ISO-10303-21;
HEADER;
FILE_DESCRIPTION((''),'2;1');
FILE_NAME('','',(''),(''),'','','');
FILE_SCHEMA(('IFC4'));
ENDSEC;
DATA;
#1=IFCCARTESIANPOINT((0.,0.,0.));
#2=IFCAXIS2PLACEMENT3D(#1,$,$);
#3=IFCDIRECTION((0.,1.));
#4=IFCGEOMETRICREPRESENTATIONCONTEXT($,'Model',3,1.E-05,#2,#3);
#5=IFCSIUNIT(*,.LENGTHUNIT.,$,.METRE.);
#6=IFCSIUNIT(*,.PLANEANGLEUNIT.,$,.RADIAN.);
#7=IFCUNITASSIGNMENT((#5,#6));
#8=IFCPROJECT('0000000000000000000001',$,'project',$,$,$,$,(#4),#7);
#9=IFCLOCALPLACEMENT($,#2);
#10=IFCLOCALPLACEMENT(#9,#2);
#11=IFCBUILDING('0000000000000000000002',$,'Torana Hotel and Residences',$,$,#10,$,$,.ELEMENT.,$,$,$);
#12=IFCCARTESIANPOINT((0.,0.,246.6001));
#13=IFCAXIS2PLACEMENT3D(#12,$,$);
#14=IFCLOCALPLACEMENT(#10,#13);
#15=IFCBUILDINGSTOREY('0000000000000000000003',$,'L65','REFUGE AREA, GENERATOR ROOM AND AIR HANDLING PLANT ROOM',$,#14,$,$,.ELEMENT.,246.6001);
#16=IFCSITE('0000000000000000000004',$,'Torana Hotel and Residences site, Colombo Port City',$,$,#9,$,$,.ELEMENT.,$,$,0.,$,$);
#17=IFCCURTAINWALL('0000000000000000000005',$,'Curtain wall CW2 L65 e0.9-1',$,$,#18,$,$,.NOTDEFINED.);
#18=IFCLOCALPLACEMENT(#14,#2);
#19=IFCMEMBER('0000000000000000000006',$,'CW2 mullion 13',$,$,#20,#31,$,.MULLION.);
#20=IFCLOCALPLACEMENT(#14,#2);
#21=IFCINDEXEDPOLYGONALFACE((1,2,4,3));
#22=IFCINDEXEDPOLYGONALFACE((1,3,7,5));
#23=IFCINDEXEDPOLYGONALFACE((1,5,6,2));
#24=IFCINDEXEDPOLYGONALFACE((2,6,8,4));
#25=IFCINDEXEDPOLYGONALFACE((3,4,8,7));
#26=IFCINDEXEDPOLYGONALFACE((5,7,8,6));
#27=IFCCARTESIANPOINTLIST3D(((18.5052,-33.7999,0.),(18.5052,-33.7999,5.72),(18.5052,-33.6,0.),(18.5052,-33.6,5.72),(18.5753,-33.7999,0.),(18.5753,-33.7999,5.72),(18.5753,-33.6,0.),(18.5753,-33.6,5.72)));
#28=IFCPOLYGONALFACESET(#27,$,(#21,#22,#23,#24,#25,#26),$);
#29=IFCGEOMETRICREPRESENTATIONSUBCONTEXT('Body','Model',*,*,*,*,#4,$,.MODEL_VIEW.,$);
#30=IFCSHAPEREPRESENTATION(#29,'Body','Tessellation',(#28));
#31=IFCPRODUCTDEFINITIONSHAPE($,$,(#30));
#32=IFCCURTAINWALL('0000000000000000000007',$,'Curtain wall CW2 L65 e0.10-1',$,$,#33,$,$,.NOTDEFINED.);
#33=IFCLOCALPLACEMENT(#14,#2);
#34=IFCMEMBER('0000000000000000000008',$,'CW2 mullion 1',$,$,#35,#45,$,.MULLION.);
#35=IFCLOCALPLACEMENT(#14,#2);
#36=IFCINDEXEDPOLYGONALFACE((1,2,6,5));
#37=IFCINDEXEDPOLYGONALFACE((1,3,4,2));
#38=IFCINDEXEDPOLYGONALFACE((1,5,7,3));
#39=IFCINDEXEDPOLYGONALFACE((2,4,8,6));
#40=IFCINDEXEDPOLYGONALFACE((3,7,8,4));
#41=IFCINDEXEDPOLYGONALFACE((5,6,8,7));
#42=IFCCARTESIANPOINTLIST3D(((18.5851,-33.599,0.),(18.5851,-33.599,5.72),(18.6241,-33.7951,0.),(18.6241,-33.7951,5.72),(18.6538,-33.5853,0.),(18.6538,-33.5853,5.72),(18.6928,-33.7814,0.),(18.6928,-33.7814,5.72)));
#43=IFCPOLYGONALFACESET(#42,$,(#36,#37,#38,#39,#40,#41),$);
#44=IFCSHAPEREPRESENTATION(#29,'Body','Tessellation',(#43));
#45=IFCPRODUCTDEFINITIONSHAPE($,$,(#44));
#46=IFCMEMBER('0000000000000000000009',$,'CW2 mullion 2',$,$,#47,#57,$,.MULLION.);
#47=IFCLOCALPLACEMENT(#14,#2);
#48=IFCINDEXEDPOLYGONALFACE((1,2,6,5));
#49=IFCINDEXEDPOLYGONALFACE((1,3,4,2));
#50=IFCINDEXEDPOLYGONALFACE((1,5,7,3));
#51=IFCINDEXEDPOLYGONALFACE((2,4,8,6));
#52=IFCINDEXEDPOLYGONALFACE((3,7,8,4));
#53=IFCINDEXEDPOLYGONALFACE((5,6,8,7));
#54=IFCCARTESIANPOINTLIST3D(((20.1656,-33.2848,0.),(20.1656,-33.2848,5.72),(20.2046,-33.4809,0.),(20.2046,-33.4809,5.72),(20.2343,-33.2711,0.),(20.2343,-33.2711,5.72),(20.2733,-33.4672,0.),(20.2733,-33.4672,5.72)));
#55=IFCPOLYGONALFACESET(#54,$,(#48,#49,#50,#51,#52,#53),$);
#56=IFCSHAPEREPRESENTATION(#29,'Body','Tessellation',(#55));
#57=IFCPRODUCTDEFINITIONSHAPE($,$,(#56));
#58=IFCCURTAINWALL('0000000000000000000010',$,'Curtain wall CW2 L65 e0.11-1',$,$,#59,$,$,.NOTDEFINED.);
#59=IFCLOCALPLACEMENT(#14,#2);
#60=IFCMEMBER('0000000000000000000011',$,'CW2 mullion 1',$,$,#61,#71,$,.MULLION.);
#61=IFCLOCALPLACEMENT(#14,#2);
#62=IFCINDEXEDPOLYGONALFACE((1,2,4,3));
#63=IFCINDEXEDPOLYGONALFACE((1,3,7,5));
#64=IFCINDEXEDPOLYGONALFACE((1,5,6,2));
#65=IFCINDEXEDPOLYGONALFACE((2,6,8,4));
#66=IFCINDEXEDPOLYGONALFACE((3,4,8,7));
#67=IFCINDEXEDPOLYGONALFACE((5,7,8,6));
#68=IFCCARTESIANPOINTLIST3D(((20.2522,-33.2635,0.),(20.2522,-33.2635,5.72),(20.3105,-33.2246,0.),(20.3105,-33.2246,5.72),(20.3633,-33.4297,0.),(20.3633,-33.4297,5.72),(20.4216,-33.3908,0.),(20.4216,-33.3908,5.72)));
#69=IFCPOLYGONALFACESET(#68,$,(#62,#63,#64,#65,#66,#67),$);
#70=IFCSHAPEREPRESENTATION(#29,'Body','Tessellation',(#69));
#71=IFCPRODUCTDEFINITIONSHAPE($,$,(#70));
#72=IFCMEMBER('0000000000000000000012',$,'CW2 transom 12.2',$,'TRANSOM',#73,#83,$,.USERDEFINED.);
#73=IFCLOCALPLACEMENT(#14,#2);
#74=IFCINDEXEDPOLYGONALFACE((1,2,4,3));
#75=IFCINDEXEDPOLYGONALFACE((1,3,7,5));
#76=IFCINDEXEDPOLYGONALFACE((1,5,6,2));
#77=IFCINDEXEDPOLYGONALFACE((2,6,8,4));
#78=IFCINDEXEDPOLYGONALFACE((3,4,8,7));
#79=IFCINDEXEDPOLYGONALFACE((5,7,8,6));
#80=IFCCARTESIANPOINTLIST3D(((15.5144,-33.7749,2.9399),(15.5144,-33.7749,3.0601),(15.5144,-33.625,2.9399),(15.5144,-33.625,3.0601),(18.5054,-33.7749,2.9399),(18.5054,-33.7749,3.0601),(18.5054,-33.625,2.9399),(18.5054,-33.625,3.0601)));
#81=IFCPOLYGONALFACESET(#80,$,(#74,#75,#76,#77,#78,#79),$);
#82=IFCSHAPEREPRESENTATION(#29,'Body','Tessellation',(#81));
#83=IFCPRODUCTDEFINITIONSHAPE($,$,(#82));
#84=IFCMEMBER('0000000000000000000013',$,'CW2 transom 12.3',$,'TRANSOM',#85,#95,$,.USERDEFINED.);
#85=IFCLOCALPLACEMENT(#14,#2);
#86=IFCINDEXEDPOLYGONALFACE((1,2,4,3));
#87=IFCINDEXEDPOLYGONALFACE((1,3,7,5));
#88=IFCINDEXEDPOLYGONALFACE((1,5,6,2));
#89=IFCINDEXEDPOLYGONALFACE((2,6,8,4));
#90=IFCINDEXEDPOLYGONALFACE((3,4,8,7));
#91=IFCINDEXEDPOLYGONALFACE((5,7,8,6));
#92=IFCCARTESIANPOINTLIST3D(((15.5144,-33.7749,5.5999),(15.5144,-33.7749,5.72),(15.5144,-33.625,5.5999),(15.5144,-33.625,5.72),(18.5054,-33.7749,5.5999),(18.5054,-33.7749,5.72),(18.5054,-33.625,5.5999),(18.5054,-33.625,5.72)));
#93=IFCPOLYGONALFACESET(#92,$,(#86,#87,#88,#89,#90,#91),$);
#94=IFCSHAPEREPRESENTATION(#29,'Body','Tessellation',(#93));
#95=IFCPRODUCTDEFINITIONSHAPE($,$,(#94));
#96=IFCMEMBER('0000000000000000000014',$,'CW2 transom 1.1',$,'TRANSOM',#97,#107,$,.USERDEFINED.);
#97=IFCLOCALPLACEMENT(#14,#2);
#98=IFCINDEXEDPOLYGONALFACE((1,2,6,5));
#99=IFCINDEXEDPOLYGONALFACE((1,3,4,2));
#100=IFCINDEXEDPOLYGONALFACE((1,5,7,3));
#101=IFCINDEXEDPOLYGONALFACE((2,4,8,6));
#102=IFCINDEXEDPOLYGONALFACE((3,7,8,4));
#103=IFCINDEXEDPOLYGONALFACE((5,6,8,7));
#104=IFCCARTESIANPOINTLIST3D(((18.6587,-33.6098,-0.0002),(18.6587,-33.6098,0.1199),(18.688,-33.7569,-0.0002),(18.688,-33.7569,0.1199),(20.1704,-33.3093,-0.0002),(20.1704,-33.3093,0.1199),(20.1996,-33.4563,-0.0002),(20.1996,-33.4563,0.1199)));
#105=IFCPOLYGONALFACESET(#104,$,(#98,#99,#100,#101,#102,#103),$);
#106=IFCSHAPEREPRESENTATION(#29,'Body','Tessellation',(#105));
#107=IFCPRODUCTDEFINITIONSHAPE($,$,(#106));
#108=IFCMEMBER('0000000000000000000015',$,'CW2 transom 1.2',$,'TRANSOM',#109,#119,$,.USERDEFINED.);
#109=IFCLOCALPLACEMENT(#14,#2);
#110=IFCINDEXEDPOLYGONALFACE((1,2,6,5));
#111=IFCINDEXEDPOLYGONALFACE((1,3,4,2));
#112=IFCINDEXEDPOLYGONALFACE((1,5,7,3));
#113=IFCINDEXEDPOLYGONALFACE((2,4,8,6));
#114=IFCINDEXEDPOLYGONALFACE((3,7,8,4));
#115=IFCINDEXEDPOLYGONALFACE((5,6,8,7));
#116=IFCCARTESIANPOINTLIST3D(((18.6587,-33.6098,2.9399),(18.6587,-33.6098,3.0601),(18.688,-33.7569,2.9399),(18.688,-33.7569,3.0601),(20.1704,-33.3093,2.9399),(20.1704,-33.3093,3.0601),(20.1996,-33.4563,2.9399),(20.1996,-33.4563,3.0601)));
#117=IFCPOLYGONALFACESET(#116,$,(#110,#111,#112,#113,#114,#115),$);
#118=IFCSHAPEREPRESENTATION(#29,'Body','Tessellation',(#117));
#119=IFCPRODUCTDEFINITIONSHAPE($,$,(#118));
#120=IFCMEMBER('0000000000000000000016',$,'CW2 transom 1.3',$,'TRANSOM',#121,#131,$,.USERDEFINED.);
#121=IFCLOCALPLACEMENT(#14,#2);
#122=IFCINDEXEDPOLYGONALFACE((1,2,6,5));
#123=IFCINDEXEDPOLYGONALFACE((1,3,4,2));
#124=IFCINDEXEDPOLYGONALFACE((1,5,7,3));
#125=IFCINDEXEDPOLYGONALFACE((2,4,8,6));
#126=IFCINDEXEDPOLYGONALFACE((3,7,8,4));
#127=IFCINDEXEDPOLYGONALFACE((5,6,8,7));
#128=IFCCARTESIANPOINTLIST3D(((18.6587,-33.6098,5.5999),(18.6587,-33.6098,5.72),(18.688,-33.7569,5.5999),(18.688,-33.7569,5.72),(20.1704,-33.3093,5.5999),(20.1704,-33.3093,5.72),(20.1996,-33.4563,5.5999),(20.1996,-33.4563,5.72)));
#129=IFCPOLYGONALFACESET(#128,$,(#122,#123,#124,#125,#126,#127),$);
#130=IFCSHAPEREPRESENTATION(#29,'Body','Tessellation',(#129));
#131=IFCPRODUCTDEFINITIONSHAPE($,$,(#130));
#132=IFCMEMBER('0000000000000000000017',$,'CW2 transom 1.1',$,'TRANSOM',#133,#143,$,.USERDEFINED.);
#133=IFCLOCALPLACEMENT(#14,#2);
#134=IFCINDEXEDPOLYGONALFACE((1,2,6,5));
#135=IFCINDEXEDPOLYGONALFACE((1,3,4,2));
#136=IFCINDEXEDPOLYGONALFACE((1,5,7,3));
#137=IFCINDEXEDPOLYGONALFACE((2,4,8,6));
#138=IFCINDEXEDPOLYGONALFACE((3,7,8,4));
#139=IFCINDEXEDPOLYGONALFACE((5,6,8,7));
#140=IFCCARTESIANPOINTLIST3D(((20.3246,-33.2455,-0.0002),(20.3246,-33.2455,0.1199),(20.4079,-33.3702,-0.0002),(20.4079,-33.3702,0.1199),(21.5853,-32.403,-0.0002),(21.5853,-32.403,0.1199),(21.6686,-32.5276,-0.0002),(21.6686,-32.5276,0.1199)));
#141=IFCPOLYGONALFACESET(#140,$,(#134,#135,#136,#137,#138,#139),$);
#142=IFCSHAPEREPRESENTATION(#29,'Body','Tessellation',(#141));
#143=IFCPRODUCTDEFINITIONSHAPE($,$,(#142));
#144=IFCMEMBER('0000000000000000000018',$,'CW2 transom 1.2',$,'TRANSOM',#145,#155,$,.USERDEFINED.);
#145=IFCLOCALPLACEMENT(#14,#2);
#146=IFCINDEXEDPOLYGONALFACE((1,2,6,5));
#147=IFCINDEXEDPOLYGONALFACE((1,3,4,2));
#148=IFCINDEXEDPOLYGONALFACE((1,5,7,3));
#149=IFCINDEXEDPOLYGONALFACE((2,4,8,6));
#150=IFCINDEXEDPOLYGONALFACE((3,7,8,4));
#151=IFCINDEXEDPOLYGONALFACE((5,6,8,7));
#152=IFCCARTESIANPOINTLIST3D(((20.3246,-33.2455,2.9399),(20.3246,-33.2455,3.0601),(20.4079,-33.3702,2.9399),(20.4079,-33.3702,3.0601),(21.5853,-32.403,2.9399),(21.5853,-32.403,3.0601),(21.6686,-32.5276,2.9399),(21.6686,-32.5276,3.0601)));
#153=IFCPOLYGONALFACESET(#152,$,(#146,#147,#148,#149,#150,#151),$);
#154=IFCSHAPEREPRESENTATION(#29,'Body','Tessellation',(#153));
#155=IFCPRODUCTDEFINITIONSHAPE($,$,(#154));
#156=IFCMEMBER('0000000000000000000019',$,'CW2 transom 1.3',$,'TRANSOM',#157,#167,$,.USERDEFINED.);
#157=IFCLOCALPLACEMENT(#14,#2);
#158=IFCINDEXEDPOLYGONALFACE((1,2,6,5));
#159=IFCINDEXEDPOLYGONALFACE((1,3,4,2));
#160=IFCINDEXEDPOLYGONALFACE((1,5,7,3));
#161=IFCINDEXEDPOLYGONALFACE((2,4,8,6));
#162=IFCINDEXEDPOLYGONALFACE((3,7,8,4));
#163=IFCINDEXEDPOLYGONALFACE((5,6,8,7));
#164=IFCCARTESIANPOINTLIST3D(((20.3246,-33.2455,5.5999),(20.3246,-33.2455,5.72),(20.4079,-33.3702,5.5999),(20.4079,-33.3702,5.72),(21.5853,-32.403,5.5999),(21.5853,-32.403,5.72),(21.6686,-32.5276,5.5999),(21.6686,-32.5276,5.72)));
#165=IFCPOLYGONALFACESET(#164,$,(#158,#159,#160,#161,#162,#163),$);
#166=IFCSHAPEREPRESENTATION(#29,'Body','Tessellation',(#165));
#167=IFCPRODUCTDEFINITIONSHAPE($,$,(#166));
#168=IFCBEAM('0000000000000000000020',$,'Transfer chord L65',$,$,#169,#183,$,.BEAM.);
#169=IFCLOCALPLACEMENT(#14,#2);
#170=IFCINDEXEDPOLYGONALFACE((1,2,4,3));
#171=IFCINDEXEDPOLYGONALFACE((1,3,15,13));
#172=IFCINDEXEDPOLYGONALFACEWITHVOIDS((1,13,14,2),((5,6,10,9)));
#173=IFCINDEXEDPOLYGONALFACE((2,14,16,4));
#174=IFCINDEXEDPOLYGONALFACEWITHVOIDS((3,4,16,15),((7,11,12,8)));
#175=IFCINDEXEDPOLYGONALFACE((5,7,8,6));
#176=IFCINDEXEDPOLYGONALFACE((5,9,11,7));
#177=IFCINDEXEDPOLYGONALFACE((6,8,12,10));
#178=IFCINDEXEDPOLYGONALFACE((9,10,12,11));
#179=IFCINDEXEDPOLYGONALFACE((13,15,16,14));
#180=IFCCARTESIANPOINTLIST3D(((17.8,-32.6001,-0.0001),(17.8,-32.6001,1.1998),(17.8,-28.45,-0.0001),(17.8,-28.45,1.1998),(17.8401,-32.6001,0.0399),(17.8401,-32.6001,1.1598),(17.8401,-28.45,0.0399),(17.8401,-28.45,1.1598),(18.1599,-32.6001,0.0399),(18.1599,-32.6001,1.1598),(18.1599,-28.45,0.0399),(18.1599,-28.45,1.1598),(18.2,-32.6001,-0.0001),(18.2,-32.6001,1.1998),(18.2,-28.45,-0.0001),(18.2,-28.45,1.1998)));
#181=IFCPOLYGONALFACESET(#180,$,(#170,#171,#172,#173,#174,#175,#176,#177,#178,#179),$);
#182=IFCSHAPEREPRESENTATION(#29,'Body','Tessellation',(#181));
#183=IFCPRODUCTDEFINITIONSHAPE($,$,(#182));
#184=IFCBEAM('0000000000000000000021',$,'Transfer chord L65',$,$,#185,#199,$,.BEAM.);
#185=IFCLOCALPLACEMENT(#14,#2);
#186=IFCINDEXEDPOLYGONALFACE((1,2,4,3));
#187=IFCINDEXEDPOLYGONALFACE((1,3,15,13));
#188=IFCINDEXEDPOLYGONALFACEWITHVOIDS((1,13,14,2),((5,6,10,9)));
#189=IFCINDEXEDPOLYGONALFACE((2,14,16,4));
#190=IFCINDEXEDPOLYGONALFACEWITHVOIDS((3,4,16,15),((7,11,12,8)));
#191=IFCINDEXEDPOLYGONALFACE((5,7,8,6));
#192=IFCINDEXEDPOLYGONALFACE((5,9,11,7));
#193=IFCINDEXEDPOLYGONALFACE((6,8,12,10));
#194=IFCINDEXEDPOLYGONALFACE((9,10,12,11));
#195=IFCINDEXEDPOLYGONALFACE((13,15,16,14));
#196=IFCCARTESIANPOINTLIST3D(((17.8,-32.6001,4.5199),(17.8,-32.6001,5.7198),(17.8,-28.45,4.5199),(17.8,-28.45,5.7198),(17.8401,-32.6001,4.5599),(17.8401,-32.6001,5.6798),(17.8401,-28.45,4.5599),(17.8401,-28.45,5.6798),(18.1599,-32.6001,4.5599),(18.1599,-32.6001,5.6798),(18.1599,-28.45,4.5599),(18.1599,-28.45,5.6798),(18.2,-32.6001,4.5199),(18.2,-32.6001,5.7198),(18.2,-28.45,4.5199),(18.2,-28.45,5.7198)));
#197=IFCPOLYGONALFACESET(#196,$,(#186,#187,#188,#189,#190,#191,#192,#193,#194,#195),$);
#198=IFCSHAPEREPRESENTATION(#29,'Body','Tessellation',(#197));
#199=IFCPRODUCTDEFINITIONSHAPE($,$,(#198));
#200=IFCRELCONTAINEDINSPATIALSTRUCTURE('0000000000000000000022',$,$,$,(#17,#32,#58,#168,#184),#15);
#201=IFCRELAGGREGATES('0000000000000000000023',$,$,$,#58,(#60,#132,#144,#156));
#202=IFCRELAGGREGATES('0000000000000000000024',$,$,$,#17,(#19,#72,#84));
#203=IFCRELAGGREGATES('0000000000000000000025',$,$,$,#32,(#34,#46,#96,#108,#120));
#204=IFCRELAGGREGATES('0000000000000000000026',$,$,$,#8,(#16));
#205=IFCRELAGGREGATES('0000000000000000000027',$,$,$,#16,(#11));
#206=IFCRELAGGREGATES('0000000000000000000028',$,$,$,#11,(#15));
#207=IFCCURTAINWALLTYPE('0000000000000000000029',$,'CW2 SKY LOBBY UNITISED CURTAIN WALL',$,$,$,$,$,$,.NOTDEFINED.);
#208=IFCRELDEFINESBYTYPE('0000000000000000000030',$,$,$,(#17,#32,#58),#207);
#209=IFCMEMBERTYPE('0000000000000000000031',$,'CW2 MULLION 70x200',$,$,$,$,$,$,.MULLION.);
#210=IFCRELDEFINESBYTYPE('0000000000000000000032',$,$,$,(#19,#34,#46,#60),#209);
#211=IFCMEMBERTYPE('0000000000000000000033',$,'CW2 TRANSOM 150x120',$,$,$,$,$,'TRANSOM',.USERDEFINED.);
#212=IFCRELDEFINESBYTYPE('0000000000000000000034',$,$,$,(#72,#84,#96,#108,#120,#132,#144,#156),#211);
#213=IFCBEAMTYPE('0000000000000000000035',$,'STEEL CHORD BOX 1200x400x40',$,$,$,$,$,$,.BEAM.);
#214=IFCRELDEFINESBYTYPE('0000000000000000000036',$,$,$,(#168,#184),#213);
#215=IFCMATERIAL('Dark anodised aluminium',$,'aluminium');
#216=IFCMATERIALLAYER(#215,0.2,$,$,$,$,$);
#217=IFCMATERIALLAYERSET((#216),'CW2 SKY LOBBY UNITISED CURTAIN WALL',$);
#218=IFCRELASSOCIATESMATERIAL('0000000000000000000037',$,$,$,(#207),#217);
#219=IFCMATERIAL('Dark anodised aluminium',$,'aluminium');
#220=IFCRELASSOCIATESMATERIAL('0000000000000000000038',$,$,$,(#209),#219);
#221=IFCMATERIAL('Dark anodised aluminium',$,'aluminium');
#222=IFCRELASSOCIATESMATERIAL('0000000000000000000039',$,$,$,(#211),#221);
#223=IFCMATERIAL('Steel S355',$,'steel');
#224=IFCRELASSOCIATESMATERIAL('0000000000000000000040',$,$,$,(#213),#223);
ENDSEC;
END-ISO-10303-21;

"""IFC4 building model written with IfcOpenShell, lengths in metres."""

from ifc_helpers import new_model, si_unit, direction, frame, origin, origin_2d, place, context, subcontext, project, spatial, rectangle, hollow_rectangle, extrude, material, layer, layer_set, material_profile, profile_set, type_object, element, aggregate, save


model = new_model("IFC4")

# Units and contexts
model_context = context("Model", 3, precision=1e-05, world=origin(), true_north=direction((0.0, 1.0)))
body_context = subcontext(model_context, "Body", "Model", "MODEL_VIEW")
ifc_project = project(units=[si_unit("LENGTHUNIT", "METRE"), si_unit("PLANEANGLEUNIT", "RADIAN")], contexts=[model_context])

# Site, building, storey
site_placement = place(None, origin())
site = spatial("IfcSite", under=ifc_project, at=site_placement, Name="Torana Hotel and Residences site, Colombo Port City", CompositionType="ELEMENT", RefElevation=0.0)
building_placement = place(site_placement, origin())
building = spatial("IfcBuilding", under=site, at=building_placement, Name="Torana Hotel and Residences", CompositionType="ELEMENT")
storey_placement = place(building_placement, frame((0.0, 0.0, 246.6001)))
storey = spatial("IfcBuildingStorey", under=building, at=storey_placement, Name="L65", Description="REFUGE AREA, GENERATOR ROOM AND AIR HANDLING PLANT ROOM", CompositionType="ELEMENT", Elevation=246.6001)

# Curtain wall, member
ifc_material_1 = material(Name="Dark anodised aluminium", Category="aluminium")
ifc_layer_1 = layer(ifc_material_1, 0.2)
ifc_layer_set_1 = layer_set([ifc_layer_1], Name="CW2 SKY LOBBY UNITISED CURTAIN WALL")
curtain_wall_type = type_object("IfcCurtainWallType", Name="CW2 SKY LOBBY UNITISED CURTAIN WALL", PredefinedType="NOTDEFINED", material=ifc_layer_set_1)
curtain_wall_1_placement = place(storey_placement, origin())
curtain_wall_1 = element("IfcCurtainWall", 1, at=curtain_wall_1_placement, inside=storey, type_object=curtain_wall_type, Name="Curtain wall CW2 L65 e0.9-1", PredefinedType="NOTDEFINED")
ifc_material_2 = material(Name="Dark anodised aluminium", Category="aluminium")
ifc_material_profile_1 = material_profile(ifc_material_2, rectangle(XDim=0.2, YDim=0.0701, at=origin_2d()), Name="CW2 MULLION 70x200")
ifc_profile_set_1 = profile_set([ifc_material_profile_1], Name="Dark anodised aluminium")
member_type_1 = type_object("IfcMemberType", Name="CW2 MULLION 70x200", PredefinedType="MULLION", material=ifc_profile_set_1)
member_1_placement = place(storey_placement, frame((18.5403, -33.7, 0.0), z_axis=(0.0, 0.0, 1.0), x_axis=(0.0, 1.0, 0.0)))
member_1 = element("IfcMember", 2, at=member_1_placement, type_object=member_type_1, Name="CW2 mullion 13", PredefinedType="MULLION", context=body_context, shape_type="SweptSolid", body=[
    extrude(rectangle(XDim=0.2, YDim=0.0701, at=origin_2d()), origin(), (0.0, 0.0, 1.0), 5.72),
])

# Curtain wall, members
curtain_wall_2_placement = place(storey_placement, origin())
curtain_wall_2 = element("IfcCurtainWall", 3, at=curtain_wall_2_placement, inside=storey, type_object=curtain_wall_type, Name="Curtain wall CW2 L65 e0.10-1", PredefinedType="NOTDEFINED")
member_2_placement = place(storey_placement, frame((18.6389, -33.6902, 0.0), z_axis=(0.0, 0.0, 1.0), x_axis=(-0.195064, 0.980791, 0.0)))
member_2 = element("IfcMember", 4, at=member_2_placement, type_object=member_type_1, Name="CW2 mullion 1", PredefinedType="MULLION", context=body_context, shape_type="SweptSolid", body=[
    extrude(rectangle(XDim=0.2, YDim=0.0701, at=origin_2d()), origin(), (0.0, 0.0, 1.0), 5.72),
])
member_3_placement = place(storey_placement, frame((20.2195, -33.376, 0.0), z_axis=(0.0, 0.0, 1.0), x_axis=(-0.195064, 0.980791, 0.0)))
member_3 = element("IfcMember", 5, at=member_3_placement, type_object=member_type_1, Name="CW2 mullion 2", PredefinedType="MULLION", context=body_context, shape_type="SweptSolid", body=[
    extrude(rectangle(XDim=0.2, YDim=0.0701, at=origin_2d()), origin(), (0.0, 0.0, 1.0), 5.72),
])

# Curtain wall, member
curtain_wall_3_placement = place(storey_placement, origin())
curtain_wall_3 = element("IfcCurtainWall", 6, at=curtain_wall_3_placement, inside=storey, type_object=curtain_wall_type, Name="Curtain wall CW2 L65 e0.11-1", PredefinedType="NOTDEFINED")
member_4_placement = place(storey_placement, frame((20.3369, -33.3271, 0.0), z_axis=(0.0, 0.0, 1.0), x_axis=(-0.555564, 0.831474, 0.0)))
member_4 = element("IfcMember", 7, at=member_4_placement, type_object=member_type_1, Name="CW2 mullion 1", PredefinedType="MULLION", context=body_context, shape_type="SweptSolid", body=[
    extrude(rectangle(XDim=0.2, YDim=0.0701, at=origin_2d()), origin(), (0.0, 0.0, 1.0), 5.72),
])

# Members
ifc_material_3 = material(Name="Dark anodised aluminium", Category="aluminium")
ifc_material_profile_2 = material_profile(ifc_material_3, rectangle(XDim=0.1499, YDim=0.1201, at=origin_2d()), Name="CW2 TRANSOM 150x120")
ifc_profile_set_2 = profile_set([ifc_material_profile_2], Name="Dark anodised aluminium")
member_type_2 = type_object("IfcMemberType", Name="CW2 TRANSOM 150x120", ElementType="TRANSOM", PredefinedType="USERDEFINED", material=ifc_profile_set_2)
member_5_placement = place(storey_placement, frame((15.5144, -33.7, 3.0), z_axis=(1.0, 0.0, 0.0), x_axis=(0.0, 1.0, 0.0)))
member_5 = element("IfcMember", 8, at=member_5_placement, type_object=member_type_2, Name="CW2 transom 12.2", ObjectType="TRANSOM", PredefinedType="USERDEFINED", context=body_context, shape_type="SweptSolid", body=[
    extrude(rectangle(XDim=0.1499, YDim=0.1201, at=origin_2d()), origin(), (0.0, 0.0, 1.0), 2.991),
])
member_6_placement = place(storey_placement, frame((15.5144, -33.7, 5.6599), z_axis=(1.0, 0.0, 0.0), x_axis=(0.0, 1.0, 0.0)))
member_6 = element("IfcMember", 9, at=member_6_placement, type_object=member_type_2, Name="CW2 transom 12.3", ObjectType="TRANSOM", PredefinedType="USERDEFINED", context=body_context, shape_type="SweptSolid", body=[
    extrude(rectangle(XDim=0.1499, YDim=0.1201, at=origin_2d()), origin(), (0.0, 0.0, 1.0), 2.991),
])
member_7_placement = place(storey_placement, frame((18.6733, -33.6833, 0.0598), z_axis=(0.980805, 0.194989, 0.0), x_axis=(-0.194989, 0.980805, 0.0)))
member_7 = element("IfcMember", 10, at=member_7_placement, type_object=member_type_2, Name="CW2 transom 1.1", ObjectType="TRANSOM", PredefinedType="USERDEFINED", context=body_context, shape_type="SweptSolid", body=[
    extrude(rectangle(XDim=0.1499, YDim=0.1201, at=origin_2d()), origin(), (0.0, 0.0, 1.0), 1.5413),
])
member_8_placement = place(storey_placement, frame((18.6733, -33.6833, 3.0), z_axis=(0.980805, 0.194989, 0.0), x_axis=(-0.194989, 0.980805, 0.0)))
member_8 = element("IfcMember", 11, at=member_8_placement, type_object=member_type_2, Name="CW2 transom 1.2", ObjectType="TRANSOM", PredefinedType="USERDEFINED", context=body_context, shape_type="SweptSolid", body=[
    extrude(rectangle(XDim=0.1499, YDim=0.1201, at=origin_2d()), origin(), (0.0, 0.0, 1.0), 1.5413),
])
member_9_placement = place(storey_placement, frame((18.6733, -33.6833, 5.6599), z_axis=(0.980805, 0.194989, 0.0), x_axis=(-0.194989, 0.980805, 0.0)))
member_9 = element("IfcMember", 12, at=member_9_placement, type_object=member_type_2, Name="CW2 transom 1.3", ObjectType="TRANSOM", PredefinedType="USERDEFINED", context=body_context, shape_type="SweptSolid", body=[
    extrude(rectangle(XDim=0.1499, YDim=0.1201, at=origin_2d()), origin(), (0.0, 0.0, 1.0), 1.5413),
])
member_10_placement = place(storey_placement, frame((20.3662, -33.3079, 0.0598), z_axis=(0.831431, 0.555629, 0.0), x_axis=(-0.555629, 0.831431, 0.0)))
member_10 = element("IfcMember", 13, at=member_10_placement, type_object=member_type_2, Name="CW2 transom 1.1", ObjectType="TRANSOM", PredefinedType="USERDEFINED", context=body_context, shape_type="SweptSolid", body=[
    extrude(rectangle(XDim=0.1499, YDim=0.1201, at=origin_2d()), origin(), (0.0, 0.0, 1.0), 1.5164),
])
member_11_placement = place(storey_placement, frame((20.3662, -33.3079, 3.0), z_axis=(0.831431, 0.555629, 0.0), x_axis=(-0.555629, 0.831431, 0.0)))
member_11 = element("IfcMember", 14, at=member_11_placement, type_object=member_type_2, Name="CW2 transom 1.2", ObjectType="TRANSOM", PredefinedType="USERDEFINED", context=body_context, shape_type="SweptSolid", body=[
    extrude(rectangle(XDim=0.1499, YDim=0.1201, at=origin_2d()), origin(), (0.0, 0.0, 1.0), 1.5164),
])
member_12_placement = place(storey_placement, frame((20.3662, -33.3079, 5.6599), z_axis=(0.831431, 0.555629, 0.0), x_axis=(-0.555629, 0.831431, 0.0)))
member_12 = element("IfcMember", 15, at=member_12_placement, type_object=member_type_2, Name="CW2 transom 1.3", ObjectType="TRANSOM", PredefinedType="USERDEFINED", context=body_context, shape_type="SweptSolid", body=[
    extrude(rectangle(XDim=0.1499, YDim=0.1201, at=origin_2d()), origin(), (0.0, 0.0, 1.0), 1.5164),
])
aggregate(curtain_wall_3, [member_4, member_10, member_11, member_12])

# Beams
ifc_material_4 = material(Name="Steel S355", Category="steel")
ifc_material_profile_3 = material_profile(ifc_material_4, hollow_rectangle(XDim=0.3999, YDim=1.2, WallThickness=0.04, at=origin_2d()), Name="BOX 1200x400x40")
ifc_profile_set_3 = profile_set([ifc_material_profile_3], Name="Steel S355")
beam_type = type_object("IfcBeamType", Name="STEEL CHORD BOX 1200x400x40", PredefinedType="BEAM", material=ifc_profile_set_3)
for number, where, z_axis, x_axis, name in (
    (16, (18.0, -32.6001, 0.5999), (0.0, 1.0, 0.0), (-1.0, 0.0, 0.0), "Transfer chord L65"),
    (17, (18.0, -32.6001, 5.1199), (0.0, 1.0, 0.0), (-1.0, 0.0, 0.0), "Transfer chord L65"),
):
    element("IfcBeam", number, at=place(storey_placement, frame(where, z_axis=z_axis, x_axis=x_axis)), inside=storey, type_object=beam_type, Name=name, PredefinedType="BEAM", context=body_context, shape_type="SweptSolid", body=[
        extrude(hollow_rectangle(XDim=0.3999, YDim=1.2, WallThickness=0.04, at=origin_2d()), origin(), (0.0, 0.0, 1.0), 4.1501),
    ])

aggregate(curtain_wall_1, [member_1, member_5, member_6])
aggregate(curtain_wall_2, [member_2, member_3, member_7, member_8, member_9])

save(model, "model.ifc")
